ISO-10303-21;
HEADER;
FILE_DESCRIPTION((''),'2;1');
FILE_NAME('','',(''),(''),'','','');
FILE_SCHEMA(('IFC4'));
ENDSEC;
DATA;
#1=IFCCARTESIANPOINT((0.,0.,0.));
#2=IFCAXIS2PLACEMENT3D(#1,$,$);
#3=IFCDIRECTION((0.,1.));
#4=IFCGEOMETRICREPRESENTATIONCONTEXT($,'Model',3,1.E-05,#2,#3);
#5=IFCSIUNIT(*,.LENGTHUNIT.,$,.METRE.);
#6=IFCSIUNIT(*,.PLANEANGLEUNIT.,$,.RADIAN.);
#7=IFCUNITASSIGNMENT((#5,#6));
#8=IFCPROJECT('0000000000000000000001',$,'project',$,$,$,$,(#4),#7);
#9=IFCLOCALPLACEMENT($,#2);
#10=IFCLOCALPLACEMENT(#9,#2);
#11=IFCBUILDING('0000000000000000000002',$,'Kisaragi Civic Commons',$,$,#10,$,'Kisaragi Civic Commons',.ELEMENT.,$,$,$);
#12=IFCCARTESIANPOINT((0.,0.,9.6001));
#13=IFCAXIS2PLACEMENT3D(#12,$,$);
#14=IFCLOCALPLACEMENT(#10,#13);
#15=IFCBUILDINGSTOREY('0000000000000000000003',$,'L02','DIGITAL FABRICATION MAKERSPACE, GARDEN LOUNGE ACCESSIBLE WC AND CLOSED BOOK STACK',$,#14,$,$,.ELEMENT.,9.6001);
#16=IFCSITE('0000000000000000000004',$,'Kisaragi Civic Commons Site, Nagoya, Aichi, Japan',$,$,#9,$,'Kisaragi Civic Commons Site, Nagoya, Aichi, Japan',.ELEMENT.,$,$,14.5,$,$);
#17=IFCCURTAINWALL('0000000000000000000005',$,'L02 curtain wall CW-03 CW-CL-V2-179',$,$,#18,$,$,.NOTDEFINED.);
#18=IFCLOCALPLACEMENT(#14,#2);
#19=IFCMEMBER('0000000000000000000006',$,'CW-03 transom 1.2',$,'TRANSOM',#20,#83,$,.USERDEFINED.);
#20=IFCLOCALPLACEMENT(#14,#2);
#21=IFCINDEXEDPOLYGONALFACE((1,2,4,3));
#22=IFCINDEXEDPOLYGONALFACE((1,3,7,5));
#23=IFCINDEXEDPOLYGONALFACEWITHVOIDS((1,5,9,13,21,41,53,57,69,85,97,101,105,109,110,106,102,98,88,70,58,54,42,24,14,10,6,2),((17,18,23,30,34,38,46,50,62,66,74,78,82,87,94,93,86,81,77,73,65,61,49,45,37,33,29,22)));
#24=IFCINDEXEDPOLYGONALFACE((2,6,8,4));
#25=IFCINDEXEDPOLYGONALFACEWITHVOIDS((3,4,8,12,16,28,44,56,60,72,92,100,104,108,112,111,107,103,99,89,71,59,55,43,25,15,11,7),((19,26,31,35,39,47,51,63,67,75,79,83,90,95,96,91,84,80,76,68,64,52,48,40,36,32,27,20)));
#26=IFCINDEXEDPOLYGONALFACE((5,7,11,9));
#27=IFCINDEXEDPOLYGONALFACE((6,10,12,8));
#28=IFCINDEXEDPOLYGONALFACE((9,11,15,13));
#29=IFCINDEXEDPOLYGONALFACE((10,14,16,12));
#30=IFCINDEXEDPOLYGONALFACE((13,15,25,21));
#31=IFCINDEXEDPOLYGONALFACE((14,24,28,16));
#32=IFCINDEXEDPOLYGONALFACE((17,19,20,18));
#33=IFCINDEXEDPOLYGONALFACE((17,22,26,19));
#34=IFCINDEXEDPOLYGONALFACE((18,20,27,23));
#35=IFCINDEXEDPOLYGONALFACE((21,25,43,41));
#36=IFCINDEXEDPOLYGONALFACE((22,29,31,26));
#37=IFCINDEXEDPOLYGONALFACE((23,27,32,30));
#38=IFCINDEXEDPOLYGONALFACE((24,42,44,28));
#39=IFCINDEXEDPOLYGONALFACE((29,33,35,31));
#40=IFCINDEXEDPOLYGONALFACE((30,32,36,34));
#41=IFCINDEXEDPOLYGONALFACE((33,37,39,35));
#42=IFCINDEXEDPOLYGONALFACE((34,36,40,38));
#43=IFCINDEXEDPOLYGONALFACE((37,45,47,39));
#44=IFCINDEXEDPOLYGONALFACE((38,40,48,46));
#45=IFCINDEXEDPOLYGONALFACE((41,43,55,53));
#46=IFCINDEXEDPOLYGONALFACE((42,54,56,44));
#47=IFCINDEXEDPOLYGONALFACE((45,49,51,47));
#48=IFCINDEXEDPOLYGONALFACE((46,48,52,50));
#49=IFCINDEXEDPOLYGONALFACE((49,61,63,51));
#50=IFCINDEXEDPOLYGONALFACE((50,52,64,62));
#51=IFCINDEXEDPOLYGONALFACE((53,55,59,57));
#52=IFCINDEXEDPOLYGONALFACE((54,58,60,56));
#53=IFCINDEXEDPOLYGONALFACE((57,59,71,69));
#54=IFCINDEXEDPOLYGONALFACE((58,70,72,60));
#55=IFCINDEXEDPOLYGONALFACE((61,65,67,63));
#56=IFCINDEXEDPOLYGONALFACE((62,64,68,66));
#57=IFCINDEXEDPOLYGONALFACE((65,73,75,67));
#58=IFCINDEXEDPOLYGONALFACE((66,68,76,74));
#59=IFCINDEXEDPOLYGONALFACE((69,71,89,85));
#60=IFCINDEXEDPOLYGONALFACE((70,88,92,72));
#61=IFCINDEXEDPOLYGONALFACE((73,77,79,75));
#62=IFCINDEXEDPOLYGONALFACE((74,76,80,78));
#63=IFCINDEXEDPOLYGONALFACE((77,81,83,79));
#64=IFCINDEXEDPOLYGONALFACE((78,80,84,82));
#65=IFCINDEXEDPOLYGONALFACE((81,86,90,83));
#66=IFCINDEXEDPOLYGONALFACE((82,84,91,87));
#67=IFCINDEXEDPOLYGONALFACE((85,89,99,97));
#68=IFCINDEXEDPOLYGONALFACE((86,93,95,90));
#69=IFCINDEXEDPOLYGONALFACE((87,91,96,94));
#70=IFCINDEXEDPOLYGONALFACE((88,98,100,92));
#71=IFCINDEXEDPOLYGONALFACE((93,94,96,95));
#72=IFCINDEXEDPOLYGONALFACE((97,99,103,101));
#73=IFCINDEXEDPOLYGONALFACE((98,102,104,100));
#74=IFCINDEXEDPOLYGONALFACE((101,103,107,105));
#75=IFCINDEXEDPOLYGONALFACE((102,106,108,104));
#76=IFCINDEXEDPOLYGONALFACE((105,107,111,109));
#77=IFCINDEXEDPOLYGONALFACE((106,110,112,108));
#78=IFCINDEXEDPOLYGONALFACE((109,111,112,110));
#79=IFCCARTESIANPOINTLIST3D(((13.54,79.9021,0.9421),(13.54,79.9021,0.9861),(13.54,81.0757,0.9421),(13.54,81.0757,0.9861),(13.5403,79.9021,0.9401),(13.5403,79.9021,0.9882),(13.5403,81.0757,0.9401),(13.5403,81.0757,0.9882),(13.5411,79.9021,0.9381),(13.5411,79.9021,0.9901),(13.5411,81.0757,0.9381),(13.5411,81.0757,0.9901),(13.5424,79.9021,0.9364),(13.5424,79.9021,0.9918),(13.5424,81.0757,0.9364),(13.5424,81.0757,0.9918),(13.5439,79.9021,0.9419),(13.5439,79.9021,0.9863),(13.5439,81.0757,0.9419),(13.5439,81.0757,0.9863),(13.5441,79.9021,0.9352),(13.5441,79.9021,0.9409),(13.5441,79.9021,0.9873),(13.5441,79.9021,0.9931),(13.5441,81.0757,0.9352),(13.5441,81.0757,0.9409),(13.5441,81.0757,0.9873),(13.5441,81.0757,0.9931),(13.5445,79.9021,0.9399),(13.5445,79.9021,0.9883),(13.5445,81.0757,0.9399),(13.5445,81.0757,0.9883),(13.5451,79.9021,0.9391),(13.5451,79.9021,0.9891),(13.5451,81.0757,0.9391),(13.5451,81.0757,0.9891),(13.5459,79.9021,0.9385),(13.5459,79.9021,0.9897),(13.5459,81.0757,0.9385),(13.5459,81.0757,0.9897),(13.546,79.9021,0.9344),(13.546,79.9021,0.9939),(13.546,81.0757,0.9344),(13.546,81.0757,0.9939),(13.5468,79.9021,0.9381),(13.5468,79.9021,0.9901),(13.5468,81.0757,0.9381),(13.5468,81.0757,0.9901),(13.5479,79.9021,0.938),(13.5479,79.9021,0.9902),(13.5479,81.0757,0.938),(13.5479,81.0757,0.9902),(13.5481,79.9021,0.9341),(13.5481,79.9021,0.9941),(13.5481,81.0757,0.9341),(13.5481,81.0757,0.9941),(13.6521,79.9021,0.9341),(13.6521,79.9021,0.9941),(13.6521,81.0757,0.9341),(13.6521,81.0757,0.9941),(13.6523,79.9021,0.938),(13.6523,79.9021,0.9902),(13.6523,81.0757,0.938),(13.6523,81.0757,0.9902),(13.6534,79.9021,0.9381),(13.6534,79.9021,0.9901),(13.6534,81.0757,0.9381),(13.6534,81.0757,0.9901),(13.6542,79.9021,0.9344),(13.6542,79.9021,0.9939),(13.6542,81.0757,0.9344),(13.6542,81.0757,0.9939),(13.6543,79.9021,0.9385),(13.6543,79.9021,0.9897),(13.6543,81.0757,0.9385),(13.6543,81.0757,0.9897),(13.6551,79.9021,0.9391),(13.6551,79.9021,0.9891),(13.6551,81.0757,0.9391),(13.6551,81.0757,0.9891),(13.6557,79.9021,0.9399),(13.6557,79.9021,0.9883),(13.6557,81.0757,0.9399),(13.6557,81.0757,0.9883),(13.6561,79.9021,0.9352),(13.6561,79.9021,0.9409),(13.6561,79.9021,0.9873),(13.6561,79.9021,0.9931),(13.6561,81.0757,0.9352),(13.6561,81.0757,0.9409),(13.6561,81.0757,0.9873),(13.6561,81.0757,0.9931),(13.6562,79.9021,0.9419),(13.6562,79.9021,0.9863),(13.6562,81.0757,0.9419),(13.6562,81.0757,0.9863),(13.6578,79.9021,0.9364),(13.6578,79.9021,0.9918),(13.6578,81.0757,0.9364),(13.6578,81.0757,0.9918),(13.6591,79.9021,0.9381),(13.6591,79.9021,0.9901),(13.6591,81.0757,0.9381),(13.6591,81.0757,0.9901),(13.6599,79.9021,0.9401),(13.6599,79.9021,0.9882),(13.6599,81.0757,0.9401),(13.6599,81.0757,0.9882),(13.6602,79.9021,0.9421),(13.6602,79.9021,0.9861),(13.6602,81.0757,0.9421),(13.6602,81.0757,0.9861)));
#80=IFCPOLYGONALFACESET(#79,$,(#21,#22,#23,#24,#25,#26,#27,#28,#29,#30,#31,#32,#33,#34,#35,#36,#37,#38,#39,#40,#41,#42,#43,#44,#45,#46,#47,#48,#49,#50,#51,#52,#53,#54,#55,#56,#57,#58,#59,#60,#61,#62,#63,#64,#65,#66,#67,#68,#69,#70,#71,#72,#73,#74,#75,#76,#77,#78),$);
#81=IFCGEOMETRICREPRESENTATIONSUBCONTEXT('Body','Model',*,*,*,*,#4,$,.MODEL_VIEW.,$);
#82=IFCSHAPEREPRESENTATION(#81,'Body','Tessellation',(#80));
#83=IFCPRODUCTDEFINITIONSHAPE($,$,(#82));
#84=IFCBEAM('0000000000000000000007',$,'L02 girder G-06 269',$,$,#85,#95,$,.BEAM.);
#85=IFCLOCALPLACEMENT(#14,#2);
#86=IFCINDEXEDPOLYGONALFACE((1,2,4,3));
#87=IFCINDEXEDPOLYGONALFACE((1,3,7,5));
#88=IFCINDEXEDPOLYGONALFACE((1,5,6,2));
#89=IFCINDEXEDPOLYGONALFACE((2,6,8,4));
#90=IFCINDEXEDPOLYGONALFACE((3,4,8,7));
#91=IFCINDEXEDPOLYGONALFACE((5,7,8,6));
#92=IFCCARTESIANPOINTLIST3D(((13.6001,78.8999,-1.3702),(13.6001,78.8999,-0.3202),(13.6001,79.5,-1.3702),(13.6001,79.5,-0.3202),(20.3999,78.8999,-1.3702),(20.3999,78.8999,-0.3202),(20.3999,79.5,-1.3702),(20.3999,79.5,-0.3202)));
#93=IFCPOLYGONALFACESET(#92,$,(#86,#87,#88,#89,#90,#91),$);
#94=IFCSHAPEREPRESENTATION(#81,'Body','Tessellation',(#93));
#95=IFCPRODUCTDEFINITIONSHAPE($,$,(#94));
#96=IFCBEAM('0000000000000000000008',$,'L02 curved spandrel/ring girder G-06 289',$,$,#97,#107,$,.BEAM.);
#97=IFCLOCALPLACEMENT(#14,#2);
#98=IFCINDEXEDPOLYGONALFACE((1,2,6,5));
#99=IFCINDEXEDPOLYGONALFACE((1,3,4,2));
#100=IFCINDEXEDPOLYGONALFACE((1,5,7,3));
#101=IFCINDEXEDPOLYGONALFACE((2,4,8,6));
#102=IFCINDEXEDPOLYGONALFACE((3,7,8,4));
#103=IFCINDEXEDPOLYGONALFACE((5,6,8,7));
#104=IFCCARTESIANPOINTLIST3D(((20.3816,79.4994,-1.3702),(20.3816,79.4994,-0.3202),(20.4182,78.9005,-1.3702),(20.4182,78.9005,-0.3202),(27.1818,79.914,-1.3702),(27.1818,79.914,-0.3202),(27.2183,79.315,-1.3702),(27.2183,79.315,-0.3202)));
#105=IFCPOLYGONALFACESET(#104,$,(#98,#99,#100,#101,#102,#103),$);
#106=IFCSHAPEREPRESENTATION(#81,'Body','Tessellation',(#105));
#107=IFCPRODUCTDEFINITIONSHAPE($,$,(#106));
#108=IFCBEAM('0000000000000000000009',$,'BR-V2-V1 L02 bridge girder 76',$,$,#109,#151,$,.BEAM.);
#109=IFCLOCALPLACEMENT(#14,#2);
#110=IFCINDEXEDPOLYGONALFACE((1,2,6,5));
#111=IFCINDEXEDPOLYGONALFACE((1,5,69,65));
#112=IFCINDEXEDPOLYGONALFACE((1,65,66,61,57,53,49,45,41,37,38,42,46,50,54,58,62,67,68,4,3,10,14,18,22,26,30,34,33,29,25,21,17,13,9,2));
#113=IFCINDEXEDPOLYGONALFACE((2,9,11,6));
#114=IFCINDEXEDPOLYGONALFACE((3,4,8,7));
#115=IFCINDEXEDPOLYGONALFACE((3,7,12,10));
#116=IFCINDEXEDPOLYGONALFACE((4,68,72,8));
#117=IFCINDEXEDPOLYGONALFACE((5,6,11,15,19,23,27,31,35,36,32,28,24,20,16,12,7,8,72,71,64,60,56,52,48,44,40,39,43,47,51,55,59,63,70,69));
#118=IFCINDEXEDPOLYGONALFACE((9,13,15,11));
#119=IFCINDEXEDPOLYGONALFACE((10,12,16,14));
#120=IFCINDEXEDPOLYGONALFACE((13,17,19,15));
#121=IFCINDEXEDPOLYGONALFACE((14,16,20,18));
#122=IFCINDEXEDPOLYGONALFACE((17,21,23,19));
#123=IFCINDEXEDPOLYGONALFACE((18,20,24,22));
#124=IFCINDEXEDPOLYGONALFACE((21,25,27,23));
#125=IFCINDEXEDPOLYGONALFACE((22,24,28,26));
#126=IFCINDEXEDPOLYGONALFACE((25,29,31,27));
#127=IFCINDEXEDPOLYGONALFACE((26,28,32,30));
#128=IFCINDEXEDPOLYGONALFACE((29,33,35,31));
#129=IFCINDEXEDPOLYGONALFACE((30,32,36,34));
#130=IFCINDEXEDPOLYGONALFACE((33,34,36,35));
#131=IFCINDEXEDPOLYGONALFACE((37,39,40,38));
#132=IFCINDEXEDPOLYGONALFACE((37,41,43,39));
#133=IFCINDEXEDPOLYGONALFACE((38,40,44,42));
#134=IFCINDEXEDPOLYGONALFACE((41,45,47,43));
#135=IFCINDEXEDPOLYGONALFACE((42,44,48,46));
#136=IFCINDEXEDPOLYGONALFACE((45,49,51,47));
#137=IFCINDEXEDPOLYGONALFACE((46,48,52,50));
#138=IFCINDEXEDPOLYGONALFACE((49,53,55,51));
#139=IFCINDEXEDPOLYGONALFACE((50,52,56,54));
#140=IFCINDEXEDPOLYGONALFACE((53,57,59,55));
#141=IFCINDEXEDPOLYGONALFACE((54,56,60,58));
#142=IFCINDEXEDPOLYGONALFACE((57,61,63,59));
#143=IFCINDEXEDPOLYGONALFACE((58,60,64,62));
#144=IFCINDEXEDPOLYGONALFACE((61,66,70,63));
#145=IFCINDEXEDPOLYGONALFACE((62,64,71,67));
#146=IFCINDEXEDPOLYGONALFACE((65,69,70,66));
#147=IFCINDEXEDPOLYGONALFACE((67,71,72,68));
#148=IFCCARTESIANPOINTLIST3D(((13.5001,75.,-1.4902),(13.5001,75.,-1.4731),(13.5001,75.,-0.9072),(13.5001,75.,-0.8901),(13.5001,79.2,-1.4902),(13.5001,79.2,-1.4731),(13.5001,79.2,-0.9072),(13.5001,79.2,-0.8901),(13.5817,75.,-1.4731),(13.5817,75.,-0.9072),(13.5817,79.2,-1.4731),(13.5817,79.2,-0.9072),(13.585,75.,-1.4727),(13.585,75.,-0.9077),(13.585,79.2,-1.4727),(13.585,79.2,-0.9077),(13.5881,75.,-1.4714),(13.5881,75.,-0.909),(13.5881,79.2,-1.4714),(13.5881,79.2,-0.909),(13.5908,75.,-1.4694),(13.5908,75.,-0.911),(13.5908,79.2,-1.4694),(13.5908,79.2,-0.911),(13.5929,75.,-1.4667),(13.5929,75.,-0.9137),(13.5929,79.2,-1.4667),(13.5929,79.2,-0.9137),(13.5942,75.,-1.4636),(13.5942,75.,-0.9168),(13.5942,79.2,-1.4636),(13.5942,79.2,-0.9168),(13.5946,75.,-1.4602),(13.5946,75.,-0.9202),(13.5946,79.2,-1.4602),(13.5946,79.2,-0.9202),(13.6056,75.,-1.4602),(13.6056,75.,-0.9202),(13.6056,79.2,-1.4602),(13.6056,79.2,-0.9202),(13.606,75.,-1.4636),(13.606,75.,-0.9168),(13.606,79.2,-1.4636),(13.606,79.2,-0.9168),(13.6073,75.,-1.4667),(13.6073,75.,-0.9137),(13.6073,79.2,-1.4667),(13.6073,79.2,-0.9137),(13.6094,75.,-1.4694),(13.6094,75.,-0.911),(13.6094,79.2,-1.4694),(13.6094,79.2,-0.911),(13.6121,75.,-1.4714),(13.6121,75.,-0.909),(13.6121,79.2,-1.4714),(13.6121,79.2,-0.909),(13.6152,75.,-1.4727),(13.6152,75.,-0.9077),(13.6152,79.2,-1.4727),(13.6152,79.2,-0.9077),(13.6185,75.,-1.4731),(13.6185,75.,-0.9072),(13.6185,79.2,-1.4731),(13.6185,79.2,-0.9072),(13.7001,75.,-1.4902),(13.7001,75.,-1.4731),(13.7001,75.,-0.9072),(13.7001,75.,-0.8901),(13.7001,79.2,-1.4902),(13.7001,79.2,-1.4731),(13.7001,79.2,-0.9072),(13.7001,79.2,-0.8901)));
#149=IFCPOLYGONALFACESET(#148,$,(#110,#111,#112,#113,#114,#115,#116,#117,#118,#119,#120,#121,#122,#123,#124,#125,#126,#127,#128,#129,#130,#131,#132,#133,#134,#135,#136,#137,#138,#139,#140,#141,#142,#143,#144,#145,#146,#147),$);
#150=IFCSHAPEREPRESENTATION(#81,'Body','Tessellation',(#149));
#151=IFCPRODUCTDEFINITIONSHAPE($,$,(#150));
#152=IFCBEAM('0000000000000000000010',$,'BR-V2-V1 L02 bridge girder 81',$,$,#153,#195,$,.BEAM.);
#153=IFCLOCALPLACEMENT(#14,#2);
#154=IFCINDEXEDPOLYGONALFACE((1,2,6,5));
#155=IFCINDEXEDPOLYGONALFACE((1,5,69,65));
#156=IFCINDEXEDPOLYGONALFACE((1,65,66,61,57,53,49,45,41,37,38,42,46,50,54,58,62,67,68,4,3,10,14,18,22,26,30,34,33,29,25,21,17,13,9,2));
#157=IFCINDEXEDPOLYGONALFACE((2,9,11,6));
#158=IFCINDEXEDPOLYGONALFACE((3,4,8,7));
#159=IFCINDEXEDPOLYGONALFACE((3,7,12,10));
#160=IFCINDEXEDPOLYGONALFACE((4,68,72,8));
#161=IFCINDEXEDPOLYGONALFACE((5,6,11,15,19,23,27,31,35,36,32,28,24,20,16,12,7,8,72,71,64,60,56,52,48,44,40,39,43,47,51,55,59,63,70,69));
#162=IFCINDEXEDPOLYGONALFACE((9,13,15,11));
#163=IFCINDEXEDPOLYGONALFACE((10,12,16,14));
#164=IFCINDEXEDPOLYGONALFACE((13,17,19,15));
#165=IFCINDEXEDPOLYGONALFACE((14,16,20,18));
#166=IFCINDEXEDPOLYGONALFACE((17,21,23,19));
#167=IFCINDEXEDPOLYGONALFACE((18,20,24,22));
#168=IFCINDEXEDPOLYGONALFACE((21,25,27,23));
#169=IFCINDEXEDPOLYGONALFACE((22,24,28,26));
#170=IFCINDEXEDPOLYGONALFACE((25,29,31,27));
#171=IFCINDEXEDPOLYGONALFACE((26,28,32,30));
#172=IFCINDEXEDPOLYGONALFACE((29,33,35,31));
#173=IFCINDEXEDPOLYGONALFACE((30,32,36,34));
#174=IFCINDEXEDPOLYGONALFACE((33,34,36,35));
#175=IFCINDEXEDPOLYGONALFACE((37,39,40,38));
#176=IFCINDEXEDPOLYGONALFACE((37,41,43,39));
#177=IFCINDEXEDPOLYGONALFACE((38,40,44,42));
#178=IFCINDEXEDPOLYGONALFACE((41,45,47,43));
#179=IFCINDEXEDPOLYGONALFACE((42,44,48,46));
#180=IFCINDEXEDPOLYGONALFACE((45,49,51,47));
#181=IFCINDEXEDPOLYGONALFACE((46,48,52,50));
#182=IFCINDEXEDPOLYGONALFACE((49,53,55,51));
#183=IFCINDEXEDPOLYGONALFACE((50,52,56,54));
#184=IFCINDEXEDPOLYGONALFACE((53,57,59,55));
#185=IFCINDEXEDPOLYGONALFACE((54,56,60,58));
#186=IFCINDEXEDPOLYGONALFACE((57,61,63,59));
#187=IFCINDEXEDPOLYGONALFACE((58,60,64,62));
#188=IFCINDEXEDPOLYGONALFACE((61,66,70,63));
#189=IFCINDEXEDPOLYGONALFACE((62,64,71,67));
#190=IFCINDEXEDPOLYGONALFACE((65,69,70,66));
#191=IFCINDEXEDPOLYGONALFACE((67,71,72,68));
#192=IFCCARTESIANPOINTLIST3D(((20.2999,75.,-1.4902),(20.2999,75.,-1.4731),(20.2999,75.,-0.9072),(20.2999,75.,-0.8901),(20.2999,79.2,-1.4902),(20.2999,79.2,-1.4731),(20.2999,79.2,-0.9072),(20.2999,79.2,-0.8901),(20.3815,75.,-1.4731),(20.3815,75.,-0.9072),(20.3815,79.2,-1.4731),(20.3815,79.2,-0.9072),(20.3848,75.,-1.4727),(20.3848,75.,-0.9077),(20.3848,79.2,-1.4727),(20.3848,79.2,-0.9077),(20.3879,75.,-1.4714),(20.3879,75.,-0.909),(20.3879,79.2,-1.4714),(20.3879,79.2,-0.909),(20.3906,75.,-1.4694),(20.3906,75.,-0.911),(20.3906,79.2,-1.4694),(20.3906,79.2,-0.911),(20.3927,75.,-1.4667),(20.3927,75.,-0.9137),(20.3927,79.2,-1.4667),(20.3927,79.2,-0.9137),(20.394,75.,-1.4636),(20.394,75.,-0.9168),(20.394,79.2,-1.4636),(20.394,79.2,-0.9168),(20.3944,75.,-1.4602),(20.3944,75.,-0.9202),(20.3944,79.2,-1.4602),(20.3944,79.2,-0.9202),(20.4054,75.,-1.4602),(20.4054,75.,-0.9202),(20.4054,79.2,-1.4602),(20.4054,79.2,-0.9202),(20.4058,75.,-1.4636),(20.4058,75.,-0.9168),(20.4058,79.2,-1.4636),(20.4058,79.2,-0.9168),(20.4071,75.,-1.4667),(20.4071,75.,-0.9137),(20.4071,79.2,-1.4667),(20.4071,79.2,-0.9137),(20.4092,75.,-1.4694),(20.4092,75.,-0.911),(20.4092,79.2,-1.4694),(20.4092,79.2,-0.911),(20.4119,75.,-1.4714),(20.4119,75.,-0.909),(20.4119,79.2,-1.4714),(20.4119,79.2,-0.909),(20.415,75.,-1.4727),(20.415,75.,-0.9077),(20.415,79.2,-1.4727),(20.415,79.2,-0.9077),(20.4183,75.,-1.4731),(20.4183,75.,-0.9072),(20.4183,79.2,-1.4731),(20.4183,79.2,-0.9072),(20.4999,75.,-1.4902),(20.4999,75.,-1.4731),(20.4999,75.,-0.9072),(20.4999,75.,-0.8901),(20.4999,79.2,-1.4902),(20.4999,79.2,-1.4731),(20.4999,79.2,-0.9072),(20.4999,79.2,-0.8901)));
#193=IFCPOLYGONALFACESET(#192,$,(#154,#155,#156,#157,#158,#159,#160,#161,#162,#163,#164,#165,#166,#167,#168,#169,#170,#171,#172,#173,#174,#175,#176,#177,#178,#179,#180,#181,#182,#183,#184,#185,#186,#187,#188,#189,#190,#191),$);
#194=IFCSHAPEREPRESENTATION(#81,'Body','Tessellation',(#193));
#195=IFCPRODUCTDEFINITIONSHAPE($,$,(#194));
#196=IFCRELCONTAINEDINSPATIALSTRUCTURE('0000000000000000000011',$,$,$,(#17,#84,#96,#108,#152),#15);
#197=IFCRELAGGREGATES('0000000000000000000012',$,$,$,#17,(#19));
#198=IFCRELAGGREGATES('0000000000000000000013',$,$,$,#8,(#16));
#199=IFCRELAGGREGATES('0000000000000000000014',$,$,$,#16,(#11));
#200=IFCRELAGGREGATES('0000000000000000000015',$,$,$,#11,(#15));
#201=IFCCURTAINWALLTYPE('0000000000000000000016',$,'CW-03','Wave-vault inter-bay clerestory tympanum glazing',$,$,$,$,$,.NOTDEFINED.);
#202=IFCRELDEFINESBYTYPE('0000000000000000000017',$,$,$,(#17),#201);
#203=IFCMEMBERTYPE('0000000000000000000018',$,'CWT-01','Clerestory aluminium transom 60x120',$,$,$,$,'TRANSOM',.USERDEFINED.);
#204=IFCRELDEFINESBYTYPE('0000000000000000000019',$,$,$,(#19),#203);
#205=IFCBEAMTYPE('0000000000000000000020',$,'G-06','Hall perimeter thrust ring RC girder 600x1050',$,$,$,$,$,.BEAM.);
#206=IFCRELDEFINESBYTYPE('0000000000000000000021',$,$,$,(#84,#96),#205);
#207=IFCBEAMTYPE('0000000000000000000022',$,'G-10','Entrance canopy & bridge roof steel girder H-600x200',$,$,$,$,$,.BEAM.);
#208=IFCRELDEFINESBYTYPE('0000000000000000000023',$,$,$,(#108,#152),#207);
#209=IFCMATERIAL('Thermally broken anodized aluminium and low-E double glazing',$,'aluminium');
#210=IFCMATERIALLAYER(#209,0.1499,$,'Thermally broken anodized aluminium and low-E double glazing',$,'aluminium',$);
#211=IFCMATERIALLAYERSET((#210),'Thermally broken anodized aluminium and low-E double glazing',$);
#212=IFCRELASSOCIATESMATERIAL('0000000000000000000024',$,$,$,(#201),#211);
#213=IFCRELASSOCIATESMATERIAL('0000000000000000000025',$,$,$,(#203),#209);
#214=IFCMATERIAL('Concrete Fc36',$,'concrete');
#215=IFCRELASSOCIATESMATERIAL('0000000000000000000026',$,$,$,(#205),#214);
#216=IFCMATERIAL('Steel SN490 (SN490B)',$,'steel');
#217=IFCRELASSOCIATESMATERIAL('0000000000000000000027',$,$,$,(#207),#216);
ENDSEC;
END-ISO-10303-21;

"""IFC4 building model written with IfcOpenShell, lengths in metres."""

from ifc_helpers import new_model, si_unit, direction, frame, origin, origin_2d, place, context, subcontext, project, spatial, rectangle, hollow_rectangle, i_section, extrude, material, layer, layer_set, material_profile, profile_set, type_object, element, aggregate, save


model = new_model("IFC4")

# Units and contexts
model_context = context("Model", 3, precision=1e-05, world=origin(), true_north=direction((0.0, 1.0)))
body_context = subcontext(model_context, "Body", "Model", "MODEL_VIEW")
ifc_project = project(units=[si_unit("LENGTHUNIT", "METRE"), si_unit("PLANEANGLEUNIT", "RADIAN")], contexts=[model_context])

# Site, building, storey
site_placement = place(None, origin())
site = spatial("IfcSite", under=ifc_project, at=site_placement, Name="Kisaragi Civic Commons Site, Nagoya, Aichi, Japan", LongName="Kisaragi Civic Commons Site, Nagoya, Aichi, Japan", CompositionType="ELEMENT", RefElevation=14.5)
building_placement = place(site_placement, origin())
building = spatial("IfcBuilding", under=site, at=building_placement, Name="Kisaragi Civic Commons", LongName="Kisaragi Civic Commons", CompositionType="ELEMENT")
storey_placement = place(building_placement, frame((0.0, 0.0, 9.6001)))
storey = spatial("IfcBuildingStorey", under=building, at=storey_placement, Name="L02", Description="DIGITAL FABRICATION MAKERSPACE, GARDEN LOUNGE ACCESSIBLE WC AND CLOSED BOOK STACK", CompositionType="ELEMENT", Elevation=9.6001)

# Curtain wall, member
ifc_material_1 = material(Name="Thermally broken anodized aluminium and low-E double glazing", Category="aluminium")
ifc_layer_1 = layer(ifc_material_1, 0.1499, Name="Thermally broken anodized aluminium and low-E double glazing", Category="aluminium")
ifc_layer_set_1 = layer_set([ifc_layer_1], Name="Thermally broken anodized aluminium and low-E double glazing")
curtain_wall_type = type_object("IfcCurtainWallType", Name="CW-03", Description="Wave-vault inter-bay clerestory tympanum glazing", PredefinedType="NOTDEFINED", material=ifc_layer_set_1)
curtain_wall_placement = place(storey_placement, origin())
curtain_wall = element("IfcCurtainWall", 1, at=curtain_wall_placement, inside=storey, type_object=curtain_wall_type, Name="L02 curtain wall CW-03 CW-CL-V2-179", PredefinedType="NOTDEFINED")
ifc_material_profile_1 = material_profile(ifc_material_1, hollow_rectangle(XDim=0.1201, YDim=0.0601, WallThickness=0.0039, InnerFilletRadius=0.0039, OuterFilletRadius=0.0081, at=origin_2d()), Name="CWT-60x120x4", Category="aluminium")
ifc_profile_set_1 = profile_set([ifc_material_profile_1], Name="Thermally broken anodized aluminium and low-E double glazing")
member_type_1 = type_object("IfcMemberType", Name="CWT-01", Description="Clerestory aluminium transom 60x120", ElementType="TRANSOM", PredefinedType="USERDEFINED", material=ifc_profile_set_1)
member_1_placement = place(storey_placement, frame((13.6001, 79.9021, 0.9641), z_axis=(0.0, 1.0, 0.0), x_axis=(-1.0, 0.0, 0.0)))
member_1 = element("IfcMember", 2, at=member_1_placement, type_object=member_type_1, Name="CW-03 transom 1.2", ObjectType="TRANSOM", PredefinedType="USERDEFINED", context=body_context, shape_type="SweptSolid", body=[
    extrude(hollow_rectangle(XDim=0.1201, YDim=0.0601, WallThickness=0.0039, InnerFilletRadius=0.0039, OuterFilletRadius=0.0081, at=origin_2d()), origin(), (0.0, 0.0, 1.0), 1.1736),
])
aggregate(curtain_wall, [member_1])

# Beams
ifc_material_2 = material(Name="Concrete Fc36", Category="concrete")
ifc_material_profile_2 = material_profile(ifc_material_2, rectangle(XDim=0.6001, YDim=1.05, at=origin_2d()), Name="RC-600x1050", Category="concrete")
ifc_profile_set_2 = profile_set([ifc_material_profile_2], Name="Concrete Fc36")
beam_type_1 = type_object("IfcBeamType", Name="G-06", Description="Hall perimeter thrust ring RC girder 600x1050", PredefinedType="BEAM", material=ifc_profile_set_2)
beam_1_placement = place(storey_placement, frame((13.6001, 79.2, -0.8452), z_axis=(1.0, 0.0, 0.0), x_axis=(0.0, 1.0, 0.0)))
element("IfcBeam", 3, at=beam_1_placement, inside=storey, type_object=beam_type_1, Name="L02 girder G-06 269", PredefinedType="BEAM", context=body_context, shape_type="SweptSolid", body=[
    extrude(rectangle(XDim=0.6001, YDim=1.05, at=origin_2d()), origin(), (0.0, 0.0, 1.0), 6.7998),
])
beam_2_placement = place(storey_placement, frame((20.3999, 79.2, -0.8452), z_axis=(0.998147, 0.06085, 0.0), x_axis=(-0.06085, 0.998147, 0.0)))
element("IfcBeam", 4, at=beam_2_placement, inside=storey, type_object=beam_type_1, Name="L02 curved spandrel/ring girder G-06 289", PredefinedType="BEAM", context=body_context, shape_type="SweptSolid", body=[
    extrude(rectangle(XDim=0.6001, YDim=1.05, at=origin_2d()), origin(), (0.0, 0.0, 1.0), 6.8127),
])
ifc_material_3 = material(Name="Steel SN490 (SN490B)", Category="steel")
ifc_material_profile_3 = material_profile(ifc_material_3, i_section(OverallWidth=0.2, OverallDepth=0.6001, WebThickness=0.011, FlangeThickness=0.0171, FilletRadius=0.0129, at=origin_2d()), Name="H-600x200x11x17", Category="steel")
ifc_profile_set_3 = profile_set([ifc_material_profile_3], Name="Steel SN490 (SN490B)")
beam_type_2 = type_object("IfcBeamType", Name="G-10", Description="Entrance canopy & bridge roof steel girder H-600x200", PredefinedType="BEAM", material=ifc_profile_set_3)
for number, where, z_axis, x_axis, name in (
    (5, (13.6001, 79.2, -1.1902), (0.0, -1.0, 0.0), (1.0, 0.0, 0.0), "BR-V2-V1 L02 bridge girder 76"),
    (6, (20.3999, 79.2, -1.1902), (0.0, -1.0, 0.0), (1.0, 0.0, 0.0), "BR-V2-V1 L02 bridge girder 81"),
):
    element("IfcBeam", number, at=place(storey_placement, frame(where, z_axis=z_axis, x_axis=x_axis)), inside=storey, type_object=beam_type_2, Name=name, PredefinedType="BEAM", context=body_context, shape_type="SweptSolid", body=[
        extrude(i_section(OverallWidth=0.2, OverallDepth=0.6001, WebThickness=0.011, FlangeThickness=0.0171, FilletRadius=0.0129, at=origin_2d()), origin(), (0.0, 0.0, 1.0), 4.2),
    ])

save(model, "model.ifc")
